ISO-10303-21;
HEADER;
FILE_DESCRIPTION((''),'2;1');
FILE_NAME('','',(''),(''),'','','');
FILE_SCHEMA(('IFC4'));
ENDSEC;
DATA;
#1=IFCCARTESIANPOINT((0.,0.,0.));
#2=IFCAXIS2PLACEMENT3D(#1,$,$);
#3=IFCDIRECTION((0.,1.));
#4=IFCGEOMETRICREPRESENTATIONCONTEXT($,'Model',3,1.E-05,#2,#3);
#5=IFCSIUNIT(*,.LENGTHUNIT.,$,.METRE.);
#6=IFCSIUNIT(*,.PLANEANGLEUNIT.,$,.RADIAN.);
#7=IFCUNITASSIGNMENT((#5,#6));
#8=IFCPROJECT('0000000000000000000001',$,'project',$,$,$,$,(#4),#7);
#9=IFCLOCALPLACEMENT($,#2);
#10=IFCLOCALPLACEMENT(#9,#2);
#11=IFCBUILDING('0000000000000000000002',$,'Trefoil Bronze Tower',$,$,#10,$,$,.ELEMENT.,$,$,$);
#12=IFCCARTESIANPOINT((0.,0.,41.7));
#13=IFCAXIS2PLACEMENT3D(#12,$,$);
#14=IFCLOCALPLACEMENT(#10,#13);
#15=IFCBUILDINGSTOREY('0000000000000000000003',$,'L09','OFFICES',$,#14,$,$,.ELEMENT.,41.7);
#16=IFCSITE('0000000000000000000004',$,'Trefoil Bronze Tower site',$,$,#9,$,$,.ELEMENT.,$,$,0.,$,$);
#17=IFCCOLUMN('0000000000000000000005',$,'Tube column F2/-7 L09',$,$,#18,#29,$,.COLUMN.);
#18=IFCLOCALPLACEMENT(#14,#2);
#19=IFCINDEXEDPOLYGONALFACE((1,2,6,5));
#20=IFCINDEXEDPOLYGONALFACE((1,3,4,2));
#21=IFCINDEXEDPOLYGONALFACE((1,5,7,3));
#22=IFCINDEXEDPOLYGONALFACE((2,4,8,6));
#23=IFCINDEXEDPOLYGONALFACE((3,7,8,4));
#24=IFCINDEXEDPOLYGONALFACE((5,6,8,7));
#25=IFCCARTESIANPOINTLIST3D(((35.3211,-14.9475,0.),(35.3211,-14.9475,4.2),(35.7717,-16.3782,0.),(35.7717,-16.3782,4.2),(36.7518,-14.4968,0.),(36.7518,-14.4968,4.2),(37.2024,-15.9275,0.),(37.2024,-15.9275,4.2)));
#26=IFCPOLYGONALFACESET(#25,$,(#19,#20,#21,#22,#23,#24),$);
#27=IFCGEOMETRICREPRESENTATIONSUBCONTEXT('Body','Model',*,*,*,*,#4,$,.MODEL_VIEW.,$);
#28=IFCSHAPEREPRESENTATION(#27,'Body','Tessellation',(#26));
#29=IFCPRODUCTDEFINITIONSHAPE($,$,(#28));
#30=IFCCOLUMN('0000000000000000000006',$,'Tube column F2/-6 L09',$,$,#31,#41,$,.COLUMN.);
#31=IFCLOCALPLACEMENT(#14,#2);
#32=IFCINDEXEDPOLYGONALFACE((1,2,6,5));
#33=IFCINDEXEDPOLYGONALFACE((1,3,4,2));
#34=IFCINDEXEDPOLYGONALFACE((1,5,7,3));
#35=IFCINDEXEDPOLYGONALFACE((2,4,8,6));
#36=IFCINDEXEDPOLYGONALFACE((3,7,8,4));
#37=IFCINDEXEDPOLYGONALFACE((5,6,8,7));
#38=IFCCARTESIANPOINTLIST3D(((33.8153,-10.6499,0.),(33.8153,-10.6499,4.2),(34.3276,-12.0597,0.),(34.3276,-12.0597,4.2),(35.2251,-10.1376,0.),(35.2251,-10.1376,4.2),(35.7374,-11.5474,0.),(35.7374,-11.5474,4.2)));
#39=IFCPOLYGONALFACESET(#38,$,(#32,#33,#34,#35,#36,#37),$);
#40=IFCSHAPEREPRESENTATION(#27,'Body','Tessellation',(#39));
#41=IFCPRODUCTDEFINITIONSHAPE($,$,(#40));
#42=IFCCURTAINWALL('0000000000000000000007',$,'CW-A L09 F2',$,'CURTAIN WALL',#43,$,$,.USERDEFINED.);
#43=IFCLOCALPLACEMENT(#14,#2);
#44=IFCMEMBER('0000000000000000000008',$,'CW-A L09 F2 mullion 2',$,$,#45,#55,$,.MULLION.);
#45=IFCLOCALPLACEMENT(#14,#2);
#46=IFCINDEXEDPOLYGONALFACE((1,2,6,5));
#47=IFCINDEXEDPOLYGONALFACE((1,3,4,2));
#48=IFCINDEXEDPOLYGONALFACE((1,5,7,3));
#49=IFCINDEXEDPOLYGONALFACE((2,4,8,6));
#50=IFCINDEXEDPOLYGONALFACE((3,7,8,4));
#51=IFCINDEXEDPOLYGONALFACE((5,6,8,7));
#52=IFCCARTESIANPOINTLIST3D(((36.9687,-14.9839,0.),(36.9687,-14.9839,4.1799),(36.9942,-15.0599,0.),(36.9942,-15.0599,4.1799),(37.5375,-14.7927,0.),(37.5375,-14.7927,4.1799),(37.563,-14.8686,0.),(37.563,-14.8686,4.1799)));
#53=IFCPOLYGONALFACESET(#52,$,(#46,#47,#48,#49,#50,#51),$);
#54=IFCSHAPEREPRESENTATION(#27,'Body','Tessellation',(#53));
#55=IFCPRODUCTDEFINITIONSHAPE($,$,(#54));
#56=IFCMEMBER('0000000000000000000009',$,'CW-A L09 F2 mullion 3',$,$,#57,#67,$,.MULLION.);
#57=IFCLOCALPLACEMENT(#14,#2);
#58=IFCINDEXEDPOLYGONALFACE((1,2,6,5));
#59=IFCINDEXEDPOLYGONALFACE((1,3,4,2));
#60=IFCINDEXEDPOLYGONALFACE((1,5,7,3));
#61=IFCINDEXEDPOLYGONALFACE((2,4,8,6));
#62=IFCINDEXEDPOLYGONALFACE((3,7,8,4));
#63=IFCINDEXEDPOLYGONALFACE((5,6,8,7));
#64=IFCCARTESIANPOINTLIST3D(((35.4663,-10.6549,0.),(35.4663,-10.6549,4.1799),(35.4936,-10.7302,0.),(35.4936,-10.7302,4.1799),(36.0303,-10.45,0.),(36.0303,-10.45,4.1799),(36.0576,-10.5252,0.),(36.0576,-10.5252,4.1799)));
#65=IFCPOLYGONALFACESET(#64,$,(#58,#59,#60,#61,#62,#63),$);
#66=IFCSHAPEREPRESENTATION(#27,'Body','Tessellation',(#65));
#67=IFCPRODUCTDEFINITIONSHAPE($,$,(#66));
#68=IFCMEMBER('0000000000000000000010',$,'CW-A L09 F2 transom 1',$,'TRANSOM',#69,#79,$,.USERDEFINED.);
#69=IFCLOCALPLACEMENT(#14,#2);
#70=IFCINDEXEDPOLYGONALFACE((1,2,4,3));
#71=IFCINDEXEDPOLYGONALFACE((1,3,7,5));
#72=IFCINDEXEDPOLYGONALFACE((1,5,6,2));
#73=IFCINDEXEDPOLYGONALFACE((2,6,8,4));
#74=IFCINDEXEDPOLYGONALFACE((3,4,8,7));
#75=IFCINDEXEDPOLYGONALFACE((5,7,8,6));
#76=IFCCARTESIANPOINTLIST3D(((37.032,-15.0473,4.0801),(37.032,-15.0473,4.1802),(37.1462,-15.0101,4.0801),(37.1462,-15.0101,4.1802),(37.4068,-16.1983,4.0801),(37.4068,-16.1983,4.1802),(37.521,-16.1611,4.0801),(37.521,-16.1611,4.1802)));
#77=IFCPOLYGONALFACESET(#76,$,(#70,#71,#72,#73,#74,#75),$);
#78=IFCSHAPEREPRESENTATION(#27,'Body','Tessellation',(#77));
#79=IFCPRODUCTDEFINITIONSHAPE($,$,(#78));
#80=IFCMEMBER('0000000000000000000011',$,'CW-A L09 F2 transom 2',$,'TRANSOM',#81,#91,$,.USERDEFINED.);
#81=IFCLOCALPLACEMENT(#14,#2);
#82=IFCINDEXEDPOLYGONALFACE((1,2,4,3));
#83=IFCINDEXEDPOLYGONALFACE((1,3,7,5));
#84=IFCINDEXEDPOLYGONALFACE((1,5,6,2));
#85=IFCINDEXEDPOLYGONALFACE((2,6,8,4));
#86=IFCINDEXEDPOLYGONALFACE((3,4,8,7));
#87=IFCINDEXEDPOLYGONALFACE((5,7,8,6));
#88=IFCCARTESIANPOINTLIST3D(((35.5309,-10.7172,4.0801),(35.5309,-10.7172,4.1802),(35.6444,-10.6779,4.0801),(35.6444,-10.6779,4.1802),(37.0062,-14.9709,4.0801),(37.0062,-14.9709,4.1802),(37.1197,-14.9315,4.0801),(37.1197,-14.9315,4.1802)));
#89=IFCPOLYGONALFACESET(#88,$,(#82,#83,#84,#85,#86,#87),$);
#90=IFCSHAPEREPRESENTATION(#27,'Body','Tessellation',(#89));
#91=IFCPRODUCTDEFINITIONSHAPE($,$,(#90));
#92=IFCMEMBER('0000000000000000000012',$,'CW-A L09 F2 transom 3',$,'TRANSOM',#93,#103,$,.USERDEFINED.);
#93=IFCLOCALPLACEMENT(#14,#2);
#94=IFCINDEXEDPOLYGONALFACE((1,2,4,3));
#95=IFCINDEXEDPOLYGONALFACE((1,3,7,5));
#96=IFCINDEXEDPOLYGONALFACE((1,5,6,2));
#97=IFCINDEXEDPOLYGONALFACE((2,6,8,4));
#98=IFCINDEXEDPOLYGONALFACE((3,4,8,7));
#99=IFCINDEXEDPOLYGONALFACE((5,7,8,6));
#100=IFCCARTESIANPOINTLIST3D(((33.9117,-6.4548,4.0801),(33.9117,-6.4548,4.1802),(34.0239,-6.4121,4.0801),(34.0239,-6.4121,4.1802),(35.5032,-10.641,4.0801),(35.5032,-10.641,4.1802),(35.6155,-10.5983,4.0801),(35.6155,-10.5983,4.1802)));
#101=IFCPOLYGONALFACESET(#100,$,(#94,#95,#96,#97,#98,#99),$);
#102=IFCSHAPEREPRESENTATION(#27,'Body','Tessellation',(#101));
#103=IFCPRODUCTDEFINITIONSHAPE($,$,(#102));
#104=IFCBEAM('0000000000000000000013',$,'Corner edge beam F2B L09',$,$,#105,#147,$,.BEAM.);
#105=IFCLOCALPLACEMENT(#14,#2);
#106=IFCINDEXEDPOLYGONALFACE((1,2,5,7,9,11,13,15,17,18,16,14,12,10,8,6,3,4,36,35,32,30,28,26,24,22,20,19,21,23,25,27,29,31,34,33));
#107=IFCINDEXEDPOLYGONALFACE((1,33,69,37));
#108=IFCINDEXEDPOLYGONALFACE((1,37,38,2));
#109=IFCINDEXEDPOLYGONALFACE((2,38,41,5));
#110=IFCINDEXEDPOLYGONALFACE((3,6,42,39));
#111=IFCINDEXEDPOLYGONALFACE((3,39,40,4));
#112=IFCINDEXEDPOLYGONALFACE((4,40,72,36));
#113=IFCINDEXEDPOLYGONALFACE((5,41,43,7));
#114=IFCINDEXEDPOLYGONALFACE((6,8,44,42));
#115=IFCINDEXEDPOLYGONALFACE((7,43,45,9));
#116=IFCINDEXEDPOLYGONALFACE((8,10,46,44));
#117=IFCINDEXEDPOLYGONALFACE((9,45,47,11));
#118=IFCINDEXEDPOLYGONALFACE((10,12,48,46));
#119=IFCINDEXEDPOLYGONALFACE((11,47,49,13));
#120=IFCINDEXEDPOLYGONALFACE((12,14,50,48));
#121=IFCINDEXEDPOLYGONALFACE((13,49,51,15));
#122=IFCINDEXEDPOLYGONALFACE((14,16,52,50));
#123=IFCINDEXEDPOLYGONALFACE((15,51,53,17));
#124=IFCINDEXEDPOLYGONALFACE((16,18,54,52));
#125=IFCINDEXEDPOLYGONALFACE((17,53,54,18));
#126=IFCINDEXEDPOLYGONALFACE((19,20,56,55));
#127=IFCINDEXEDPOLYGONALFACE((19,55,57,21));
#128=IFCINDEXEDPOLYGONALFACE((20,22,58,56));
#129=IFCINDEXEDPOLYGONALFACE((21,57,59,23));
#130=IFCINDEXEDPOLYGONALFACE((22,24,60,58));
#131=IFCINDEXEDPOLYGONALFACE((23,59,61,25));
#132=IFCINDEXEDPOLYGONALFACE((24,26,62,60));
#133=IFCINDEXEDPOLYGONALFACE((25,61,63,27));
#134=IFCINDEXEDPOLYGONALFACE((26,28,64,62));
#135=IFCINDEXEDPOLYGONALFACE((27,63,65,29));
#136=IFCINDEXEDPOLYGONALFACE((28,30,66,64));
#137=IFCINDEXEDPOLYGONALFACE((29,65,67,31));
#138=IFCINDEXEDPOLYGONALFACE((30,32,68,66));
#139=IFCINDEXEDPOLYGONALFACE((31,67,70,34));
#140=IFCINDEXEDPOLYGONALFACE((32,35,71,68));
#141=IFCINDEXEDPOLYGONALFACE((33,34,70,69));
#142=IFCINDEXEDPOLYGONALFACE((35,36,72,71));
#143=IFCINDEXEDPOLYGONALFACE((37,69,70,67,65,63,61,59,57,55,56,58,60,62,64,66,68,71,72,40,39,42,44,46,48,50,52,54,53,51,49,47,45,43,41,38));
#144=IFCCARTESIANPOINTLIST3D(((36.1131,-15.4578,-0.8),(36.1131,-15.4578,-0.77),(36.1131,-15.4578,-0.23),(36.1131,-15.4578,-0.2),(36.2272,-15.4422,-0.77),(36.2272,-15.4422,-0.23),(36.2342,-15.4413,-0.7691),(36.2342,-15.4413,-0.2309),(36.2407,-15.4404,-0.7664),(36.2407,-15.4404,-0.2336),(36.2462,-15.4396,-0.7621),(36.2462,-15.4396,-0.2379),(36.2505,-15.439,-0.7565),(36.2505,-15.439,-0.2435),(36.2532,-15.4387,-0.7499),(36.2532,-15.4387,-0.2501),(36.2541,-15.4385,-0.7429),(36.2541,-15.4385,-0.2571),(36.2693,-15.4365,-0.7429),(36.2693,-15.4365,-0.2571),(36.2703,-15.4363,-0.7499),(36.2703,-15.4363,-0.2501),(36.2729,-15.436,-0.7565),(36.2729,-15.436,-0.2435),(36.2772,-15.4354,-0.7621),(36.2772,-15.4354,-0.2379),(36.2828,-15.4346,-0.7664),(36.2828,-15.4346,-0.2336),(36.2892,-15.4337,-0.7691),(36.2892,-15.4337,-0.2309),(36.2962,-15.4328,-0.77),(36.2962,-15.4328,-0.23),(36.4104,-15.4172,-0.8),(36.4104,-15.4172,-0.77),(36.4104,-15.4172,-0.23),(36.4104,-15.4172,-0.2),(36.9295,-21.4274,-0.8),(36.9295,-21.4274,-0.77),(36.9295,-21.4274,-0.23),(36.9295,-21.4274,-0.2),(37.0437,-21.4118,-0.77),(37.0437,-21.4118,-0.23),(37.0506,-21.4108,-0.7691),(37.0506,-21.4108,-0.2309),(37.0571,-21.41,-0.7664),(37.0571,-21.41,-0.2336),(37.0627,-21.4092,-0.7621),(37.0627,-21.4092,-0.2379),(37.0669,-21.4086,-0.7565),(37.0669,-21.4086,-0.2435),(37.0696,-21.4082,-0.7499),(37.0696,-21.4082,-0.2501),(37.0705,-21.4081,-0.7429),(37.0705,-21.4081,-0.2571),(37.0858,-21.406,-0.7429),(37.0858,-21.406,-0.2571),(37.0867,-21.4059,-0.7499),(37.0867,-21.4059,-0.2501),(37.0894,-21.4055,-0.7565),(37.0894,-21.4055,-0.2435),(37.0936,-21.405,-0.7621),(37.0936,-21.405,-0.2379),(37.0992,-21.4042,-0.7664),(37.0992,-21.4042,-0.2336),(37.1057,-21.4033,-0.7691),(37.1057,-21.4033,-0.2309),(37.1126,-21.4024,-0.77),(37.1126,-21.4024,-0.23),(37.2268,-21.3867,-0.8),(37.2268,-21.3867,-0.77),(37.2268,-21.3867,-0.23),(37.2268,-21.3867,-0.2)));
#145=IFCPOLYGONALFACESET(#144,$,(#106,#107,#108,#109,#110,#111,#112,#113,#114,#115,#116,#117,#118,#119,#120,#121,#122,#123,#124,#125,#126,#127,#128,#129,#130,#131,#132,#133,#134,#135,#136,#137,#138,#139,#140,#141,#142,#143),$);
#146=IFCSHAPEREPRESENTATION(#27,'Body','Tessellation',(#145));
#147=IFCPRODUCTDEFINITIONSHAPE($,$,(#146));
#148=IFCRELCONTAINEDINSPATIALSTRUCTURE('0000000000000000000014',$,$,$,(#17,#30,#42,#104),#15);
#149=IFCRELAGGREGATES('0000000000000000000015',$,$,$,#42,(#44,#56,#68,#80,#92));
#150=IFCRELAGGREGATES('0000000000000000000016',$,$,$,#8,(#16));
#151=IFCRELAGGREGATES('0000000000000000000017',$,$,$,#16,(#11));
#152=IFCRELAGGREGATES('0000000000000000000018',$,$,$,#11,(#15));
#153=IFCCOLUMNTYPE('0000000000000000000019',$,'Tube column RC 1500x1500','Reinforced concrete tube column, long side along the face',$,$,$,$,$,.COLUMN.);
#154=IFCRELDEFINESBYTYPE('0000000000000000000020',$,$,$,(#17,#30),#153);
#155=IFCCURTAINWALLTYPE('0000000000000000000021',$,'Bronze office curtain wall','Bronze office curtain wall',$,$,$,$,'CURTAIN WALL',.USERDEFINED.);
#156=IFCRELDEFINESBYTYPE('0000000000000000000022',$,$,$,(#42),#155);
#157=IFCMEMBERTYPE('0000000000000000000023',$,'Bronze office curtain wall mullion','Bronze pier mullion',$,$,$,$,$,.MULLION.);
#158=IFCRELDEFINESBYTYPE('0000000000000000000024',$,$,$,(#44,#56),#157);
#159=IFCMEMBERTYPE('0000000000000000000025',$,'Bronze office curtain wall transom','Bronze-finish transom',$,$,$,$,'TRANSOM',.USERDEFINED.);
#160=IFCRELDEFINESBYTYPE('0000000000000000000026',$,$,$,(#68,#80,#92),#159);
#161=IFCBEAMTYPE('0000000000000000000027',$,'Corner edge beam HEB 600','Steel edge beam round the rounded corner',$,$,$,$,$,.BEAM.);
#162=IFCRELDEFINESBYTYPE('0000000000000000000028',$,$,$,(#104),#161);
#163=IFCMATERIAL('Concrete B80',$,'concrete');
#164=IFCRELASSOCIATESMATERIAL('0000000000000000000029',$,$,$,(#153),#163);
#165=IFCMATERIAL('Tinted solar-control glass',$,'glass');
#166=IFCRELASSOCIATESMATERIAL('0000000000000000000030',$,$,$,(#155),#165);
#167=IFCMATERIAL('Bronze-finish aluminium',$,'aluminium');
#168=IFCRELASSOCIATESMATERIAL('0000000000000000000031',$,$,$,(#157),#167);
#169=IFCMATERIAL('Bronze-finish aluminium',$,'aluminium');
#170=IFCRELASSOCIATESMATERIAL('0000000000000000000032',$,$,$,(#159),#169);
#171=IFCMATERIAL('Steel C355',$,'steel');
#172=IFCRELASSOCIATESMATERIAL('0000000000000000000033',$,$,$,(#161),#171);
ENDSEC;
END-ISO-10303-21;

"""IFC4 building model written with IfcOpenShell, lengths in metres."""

from ifc_helpers import new_model, si_unit, direction, frame, origin, origin_2d, place, context, subcontext, project, spatial, rectangle, i_section, extrude, material, material_profile, profile_set, type_object, element, aggregate, save


model = new_model("IFC4")

# Units and contexts
model_context = context("Model", 3, precision=1e-05, world=origin(), true_north=direction((0.0, 1.0)))
body_context = subcontext(model_context, "Body", "Model", "MODEL_VIEW")
ifc_project = project(units=[si_unit("LENGTHUNIT", "METRE"), si_unit("PLANEANGLEUNIT", "RADIAN")], contexts=[model_context])

# Site, building, storey
site_placement = place(None, origin())
site = spatial("IfcSite", under=ifc_project, at=site_placement, Name="Trefoil Bronze Tower site", CompositionType="ELEMENT", RefElevation=0.0)
building_placement = place(site_placement, origin())
building = spatial("IfcBuilding", under=site, at=building_placement, Name="Trefoil Bronze Tower", CompositionType="ELEMENT")
storey_placement = place(building_placement, frame((0.0, 0.0, 41.7)))
storey = spatial("IfcBuildingStorey", under=building, at=storey_placement, Name="L09", Description="OFFICES", CompositionType="ELEMENT", Elevation=41.7)

# Columns
ifc_material_1 = material(Name="Concrete B80", Category="concrete")
ifc_material_profile_1 = material_profile(ifc_material_1, rectangle(XDim=1.5, YDim=1.5, at=origin_2d()), Name="RC 1500x1500")
ifc_profile_set_1 = profile_set([ifc_material_profile_1], Name="Concrete B80")
column_type = type_object("IfcColumnType", Name="Tube column RC 1500x1500", Description="Reinforced concrete tube column, long side along the face", PredefinedType="COLUMN", material=ifc_profile_set_1)
for number, where, z_axis, x_axis, name in (
    (1, (36.2617, -15.4375, 0.0), (0.0, 0.0, 1.0), (-0.300414, 0.953809, 0.0), "Tube column F2/-7 L09"),
    (2, (34.7764, -11.0986, 0.0), (0.0, 0.0, 1.0), (-0.341559, 0.93986, 0.0), "Tube column F2/-6 L09"),
):
    element("IfcColumn", number, at=place(storey_placement, frame(where, z_axis=z_axis, x_axis=x_axis)), inside=storey, type_object=column_type, Name=name, PredefinedType="COLUMN", context=body_context, shape_type="SweptSolid", body=[
        extrude(rectangle(XDim=1.5, YDim=1.5, at=origin_2d()), origin(), (0.0, 0.0, 1.0), 4.2),
    ])

# Curtain wall, members
ifc_material_2 = material(Name="Tinted solar-control glass", Category="glass")
curtain_wall_type = type_object("IfcCurtainWallType", Name="Bronze office curtain wall", Description="Bronze office curtain wall", ElementType="CURTAIN WALL", PredefinedType="USERDEFINED", material=ifc_material_2)
curtain_wall_placement = place(storey_placement, origin())
curtain_wall = element("IfcCurtainWall", 3, at=curtain_wall_placement, inside=storey, type_object=curtain_wall_type, Name="CW-A L09 F2", ObjectType="CURTAIN WALL", PredefinedType="USERDEFINED")
ifc_material_3 = material(Name="Bronze-finish aluminium", Category="aluminium")
ifc_material_profile_2 = material_profile(ifc_material_3, rectangle(XDim=0.6001, YDim=0.0801, at=origin_2d()), Name="CW-A mullion")
ifc_profile_set_2 = profile_set([ifc_material_profile_2], Name="Bronze-finish aluminium")
member_type_1 = type_object("IfcMemberType", Name="Bronze office curtain wall mullion", Description="Bronze pier mullion", PredefinedType="MULLION", material=ifc_profile_set_2)
member_1_placement = place(storey_placement, frame((37.2659, -14.9263, 0.0), z_axis=(0.0, 0.0, 1.0), x_axis=(-0.947851, -0.318715, 0.0)))
member_1 = element("IfcMember", 4, at=member_1_placement, type_object=member_type_1, Name="CW-A L09 F2 mullion 2", PredefinedType="MULLION", context=body_context, shape_type="SweptSolid", body=[
    extrude(rectangle(XDim=0.6001, YDim=0.0801, at=origin_2d()), origin(), (0.0, 0.0, 1.0), 4.1799),
])
member_2_placement = place(storey_placement, frame((35.762, -10.5901, 0.0), z_axis=(0.0, 0.0, 1.0), x_axis=(-0.93986, -0.341559, 0.0)))
member_2 = element("IfcMember", 5, at=member_2_placement, type_object=member_type_1, Name="CW-A L09 F2 mullion 3", PredefinedType="MULLION", context=body_context, shape_type="SweptSolid", body=[
    extrude(rectangle(XDim=0.6001, YDim=0.0801, at=origin_2d()), origin(), (0.0, 0.0, 1.0), 4.1799),
])
ifc_material_4 = material(Name="Bronze-finish aluminium", Category="aluminium")
ifc_material_profile_3 = material_profile(ifc_material_4, rectangle(XDim=0.1201, YDim=0.1001, at=origin_2d()), Name="CW-A transom")
ifc_profile_set_3 = profile_set([ifc_material_profile_3], Name="Bronze-finish aluminium")
member_type_2 = type_object("IfcMemberType", Name="Bronze office curtain wall transom", Description="Bronze-finish transom", ElementType="TRANSOM", PredefinedType="USERDEFINED", material=ifc_profile_set_3)
member_3_placement = place(storey_placement, frame((37.4639, -16.1797, 4.1301), z_axis=(-0.309624, 0.950859, 0.0), x_axis=(-0.950859, -0.309624, 0.0)))
member_3 = element("IfcMember", 6, at=member_3_placement, type_object=member_type_2, Name="CW-A L09 F2 transom 1", ObjectType="TRANSOM", PredefinedType="USERDEFINED", context=body_context, shape_type="SweptSolid", body=[
    extrude(rectangle(XDim=0.1201, YDim=0.1001, at=origin_2d()), origin(), (0.0, 0.0, 1.0), 1.2104),
])
member_4_placement = place(storey_placement, frame((37.063, -14.9512, 4.1301), z_axis=(-0.32769, 0.944785, 0.0), x_axis=(-0.944785, -0.32769, 0.0)))
member_4 = element("IfcMember", 7, at=member_4_placement, type_object=member_type_2, Name="CW-A L09 F2 transom 2", ObjectType="TRANSOM", PredefinedType="USERDEFINED", context=body_context, shape_type="SweptSolid", body=[
    extrude(rectangle(XDim=0.1201, YDim=0.1001, at=origin_2d()), origin(), (0.0, 0.0, 1.0), 4.5022),
])
member_5_placement = place(storey_placement, frame((35.5593, -10.6196, 4.1301), z_axis=(-0.355367, 0.934727, 0.0), x_axis=(-0.934727, -0.355367, 0.0)))
member_5 = element("IfcMember", 8, at=member_5_placement, type_object=member_type_2, Name="CW-A L09 F2 transom 3", ObjectType="TRANSOM", PredefinedType="USERDEFINED", context=body_context, shape_type="SweptSolid", body=[
    extrude(rectangle(XDim=0.1201, YDim=0.1001, at=origin_2d()), origin(), (0.0, 0.0, 1.0), 4.4785),
])

# Beam
ifc_material_5 = material(Name="Steel C355", Category="steel")
ifc_material_profile_4 = material_profile(ifc_material_5, i_section(OverallWidth=0.3, OverallDepth=0.6001, WebThickness=0.0154, FlangeThickness=0.03, FilletRadius=0.0271, at=origin_2d()), Name="HEB 600")
ifc_profile_set_4 = profile_set([ifc_material_profile_4], Name="Steel C355")
beam_type_1 = type_object("IfcBeamType", Name="Corner edge beam HEB 600", Description="Steel edge beam round the rounded corner", PredefinedType="BEAM", material=ifc_profile_set_4)
beam_1_placement = place(storey_placement, frame((36.2617, -15.4375, -0.5), z_axis=(0.135502, -0.990777, 0.0), x_axis=(0.990777, 0.135502, 0.0)))
element("IfcBeam", 9, at=beam_1_placement, inside=storey, type_object=beam_type_1, Name="Corner edge beam F2B L09", PredefinedType="BEAM", context=body_context, shape_type="SweptSolid", body=[
    extrude(i_section(OverallWidth=0.3, OverallDepth=0.6001, WebThickness=0.0154, FlangeThickness=0.03, FilletRadius=0.0271, at=origin_2d()), origin(), (0.0, 0.0, 1.0), 6.0251),
])

aggregate(curtain_wall, [member_1, member_2, member_3, member_4, member_5])

save(model, "model.ifc")
